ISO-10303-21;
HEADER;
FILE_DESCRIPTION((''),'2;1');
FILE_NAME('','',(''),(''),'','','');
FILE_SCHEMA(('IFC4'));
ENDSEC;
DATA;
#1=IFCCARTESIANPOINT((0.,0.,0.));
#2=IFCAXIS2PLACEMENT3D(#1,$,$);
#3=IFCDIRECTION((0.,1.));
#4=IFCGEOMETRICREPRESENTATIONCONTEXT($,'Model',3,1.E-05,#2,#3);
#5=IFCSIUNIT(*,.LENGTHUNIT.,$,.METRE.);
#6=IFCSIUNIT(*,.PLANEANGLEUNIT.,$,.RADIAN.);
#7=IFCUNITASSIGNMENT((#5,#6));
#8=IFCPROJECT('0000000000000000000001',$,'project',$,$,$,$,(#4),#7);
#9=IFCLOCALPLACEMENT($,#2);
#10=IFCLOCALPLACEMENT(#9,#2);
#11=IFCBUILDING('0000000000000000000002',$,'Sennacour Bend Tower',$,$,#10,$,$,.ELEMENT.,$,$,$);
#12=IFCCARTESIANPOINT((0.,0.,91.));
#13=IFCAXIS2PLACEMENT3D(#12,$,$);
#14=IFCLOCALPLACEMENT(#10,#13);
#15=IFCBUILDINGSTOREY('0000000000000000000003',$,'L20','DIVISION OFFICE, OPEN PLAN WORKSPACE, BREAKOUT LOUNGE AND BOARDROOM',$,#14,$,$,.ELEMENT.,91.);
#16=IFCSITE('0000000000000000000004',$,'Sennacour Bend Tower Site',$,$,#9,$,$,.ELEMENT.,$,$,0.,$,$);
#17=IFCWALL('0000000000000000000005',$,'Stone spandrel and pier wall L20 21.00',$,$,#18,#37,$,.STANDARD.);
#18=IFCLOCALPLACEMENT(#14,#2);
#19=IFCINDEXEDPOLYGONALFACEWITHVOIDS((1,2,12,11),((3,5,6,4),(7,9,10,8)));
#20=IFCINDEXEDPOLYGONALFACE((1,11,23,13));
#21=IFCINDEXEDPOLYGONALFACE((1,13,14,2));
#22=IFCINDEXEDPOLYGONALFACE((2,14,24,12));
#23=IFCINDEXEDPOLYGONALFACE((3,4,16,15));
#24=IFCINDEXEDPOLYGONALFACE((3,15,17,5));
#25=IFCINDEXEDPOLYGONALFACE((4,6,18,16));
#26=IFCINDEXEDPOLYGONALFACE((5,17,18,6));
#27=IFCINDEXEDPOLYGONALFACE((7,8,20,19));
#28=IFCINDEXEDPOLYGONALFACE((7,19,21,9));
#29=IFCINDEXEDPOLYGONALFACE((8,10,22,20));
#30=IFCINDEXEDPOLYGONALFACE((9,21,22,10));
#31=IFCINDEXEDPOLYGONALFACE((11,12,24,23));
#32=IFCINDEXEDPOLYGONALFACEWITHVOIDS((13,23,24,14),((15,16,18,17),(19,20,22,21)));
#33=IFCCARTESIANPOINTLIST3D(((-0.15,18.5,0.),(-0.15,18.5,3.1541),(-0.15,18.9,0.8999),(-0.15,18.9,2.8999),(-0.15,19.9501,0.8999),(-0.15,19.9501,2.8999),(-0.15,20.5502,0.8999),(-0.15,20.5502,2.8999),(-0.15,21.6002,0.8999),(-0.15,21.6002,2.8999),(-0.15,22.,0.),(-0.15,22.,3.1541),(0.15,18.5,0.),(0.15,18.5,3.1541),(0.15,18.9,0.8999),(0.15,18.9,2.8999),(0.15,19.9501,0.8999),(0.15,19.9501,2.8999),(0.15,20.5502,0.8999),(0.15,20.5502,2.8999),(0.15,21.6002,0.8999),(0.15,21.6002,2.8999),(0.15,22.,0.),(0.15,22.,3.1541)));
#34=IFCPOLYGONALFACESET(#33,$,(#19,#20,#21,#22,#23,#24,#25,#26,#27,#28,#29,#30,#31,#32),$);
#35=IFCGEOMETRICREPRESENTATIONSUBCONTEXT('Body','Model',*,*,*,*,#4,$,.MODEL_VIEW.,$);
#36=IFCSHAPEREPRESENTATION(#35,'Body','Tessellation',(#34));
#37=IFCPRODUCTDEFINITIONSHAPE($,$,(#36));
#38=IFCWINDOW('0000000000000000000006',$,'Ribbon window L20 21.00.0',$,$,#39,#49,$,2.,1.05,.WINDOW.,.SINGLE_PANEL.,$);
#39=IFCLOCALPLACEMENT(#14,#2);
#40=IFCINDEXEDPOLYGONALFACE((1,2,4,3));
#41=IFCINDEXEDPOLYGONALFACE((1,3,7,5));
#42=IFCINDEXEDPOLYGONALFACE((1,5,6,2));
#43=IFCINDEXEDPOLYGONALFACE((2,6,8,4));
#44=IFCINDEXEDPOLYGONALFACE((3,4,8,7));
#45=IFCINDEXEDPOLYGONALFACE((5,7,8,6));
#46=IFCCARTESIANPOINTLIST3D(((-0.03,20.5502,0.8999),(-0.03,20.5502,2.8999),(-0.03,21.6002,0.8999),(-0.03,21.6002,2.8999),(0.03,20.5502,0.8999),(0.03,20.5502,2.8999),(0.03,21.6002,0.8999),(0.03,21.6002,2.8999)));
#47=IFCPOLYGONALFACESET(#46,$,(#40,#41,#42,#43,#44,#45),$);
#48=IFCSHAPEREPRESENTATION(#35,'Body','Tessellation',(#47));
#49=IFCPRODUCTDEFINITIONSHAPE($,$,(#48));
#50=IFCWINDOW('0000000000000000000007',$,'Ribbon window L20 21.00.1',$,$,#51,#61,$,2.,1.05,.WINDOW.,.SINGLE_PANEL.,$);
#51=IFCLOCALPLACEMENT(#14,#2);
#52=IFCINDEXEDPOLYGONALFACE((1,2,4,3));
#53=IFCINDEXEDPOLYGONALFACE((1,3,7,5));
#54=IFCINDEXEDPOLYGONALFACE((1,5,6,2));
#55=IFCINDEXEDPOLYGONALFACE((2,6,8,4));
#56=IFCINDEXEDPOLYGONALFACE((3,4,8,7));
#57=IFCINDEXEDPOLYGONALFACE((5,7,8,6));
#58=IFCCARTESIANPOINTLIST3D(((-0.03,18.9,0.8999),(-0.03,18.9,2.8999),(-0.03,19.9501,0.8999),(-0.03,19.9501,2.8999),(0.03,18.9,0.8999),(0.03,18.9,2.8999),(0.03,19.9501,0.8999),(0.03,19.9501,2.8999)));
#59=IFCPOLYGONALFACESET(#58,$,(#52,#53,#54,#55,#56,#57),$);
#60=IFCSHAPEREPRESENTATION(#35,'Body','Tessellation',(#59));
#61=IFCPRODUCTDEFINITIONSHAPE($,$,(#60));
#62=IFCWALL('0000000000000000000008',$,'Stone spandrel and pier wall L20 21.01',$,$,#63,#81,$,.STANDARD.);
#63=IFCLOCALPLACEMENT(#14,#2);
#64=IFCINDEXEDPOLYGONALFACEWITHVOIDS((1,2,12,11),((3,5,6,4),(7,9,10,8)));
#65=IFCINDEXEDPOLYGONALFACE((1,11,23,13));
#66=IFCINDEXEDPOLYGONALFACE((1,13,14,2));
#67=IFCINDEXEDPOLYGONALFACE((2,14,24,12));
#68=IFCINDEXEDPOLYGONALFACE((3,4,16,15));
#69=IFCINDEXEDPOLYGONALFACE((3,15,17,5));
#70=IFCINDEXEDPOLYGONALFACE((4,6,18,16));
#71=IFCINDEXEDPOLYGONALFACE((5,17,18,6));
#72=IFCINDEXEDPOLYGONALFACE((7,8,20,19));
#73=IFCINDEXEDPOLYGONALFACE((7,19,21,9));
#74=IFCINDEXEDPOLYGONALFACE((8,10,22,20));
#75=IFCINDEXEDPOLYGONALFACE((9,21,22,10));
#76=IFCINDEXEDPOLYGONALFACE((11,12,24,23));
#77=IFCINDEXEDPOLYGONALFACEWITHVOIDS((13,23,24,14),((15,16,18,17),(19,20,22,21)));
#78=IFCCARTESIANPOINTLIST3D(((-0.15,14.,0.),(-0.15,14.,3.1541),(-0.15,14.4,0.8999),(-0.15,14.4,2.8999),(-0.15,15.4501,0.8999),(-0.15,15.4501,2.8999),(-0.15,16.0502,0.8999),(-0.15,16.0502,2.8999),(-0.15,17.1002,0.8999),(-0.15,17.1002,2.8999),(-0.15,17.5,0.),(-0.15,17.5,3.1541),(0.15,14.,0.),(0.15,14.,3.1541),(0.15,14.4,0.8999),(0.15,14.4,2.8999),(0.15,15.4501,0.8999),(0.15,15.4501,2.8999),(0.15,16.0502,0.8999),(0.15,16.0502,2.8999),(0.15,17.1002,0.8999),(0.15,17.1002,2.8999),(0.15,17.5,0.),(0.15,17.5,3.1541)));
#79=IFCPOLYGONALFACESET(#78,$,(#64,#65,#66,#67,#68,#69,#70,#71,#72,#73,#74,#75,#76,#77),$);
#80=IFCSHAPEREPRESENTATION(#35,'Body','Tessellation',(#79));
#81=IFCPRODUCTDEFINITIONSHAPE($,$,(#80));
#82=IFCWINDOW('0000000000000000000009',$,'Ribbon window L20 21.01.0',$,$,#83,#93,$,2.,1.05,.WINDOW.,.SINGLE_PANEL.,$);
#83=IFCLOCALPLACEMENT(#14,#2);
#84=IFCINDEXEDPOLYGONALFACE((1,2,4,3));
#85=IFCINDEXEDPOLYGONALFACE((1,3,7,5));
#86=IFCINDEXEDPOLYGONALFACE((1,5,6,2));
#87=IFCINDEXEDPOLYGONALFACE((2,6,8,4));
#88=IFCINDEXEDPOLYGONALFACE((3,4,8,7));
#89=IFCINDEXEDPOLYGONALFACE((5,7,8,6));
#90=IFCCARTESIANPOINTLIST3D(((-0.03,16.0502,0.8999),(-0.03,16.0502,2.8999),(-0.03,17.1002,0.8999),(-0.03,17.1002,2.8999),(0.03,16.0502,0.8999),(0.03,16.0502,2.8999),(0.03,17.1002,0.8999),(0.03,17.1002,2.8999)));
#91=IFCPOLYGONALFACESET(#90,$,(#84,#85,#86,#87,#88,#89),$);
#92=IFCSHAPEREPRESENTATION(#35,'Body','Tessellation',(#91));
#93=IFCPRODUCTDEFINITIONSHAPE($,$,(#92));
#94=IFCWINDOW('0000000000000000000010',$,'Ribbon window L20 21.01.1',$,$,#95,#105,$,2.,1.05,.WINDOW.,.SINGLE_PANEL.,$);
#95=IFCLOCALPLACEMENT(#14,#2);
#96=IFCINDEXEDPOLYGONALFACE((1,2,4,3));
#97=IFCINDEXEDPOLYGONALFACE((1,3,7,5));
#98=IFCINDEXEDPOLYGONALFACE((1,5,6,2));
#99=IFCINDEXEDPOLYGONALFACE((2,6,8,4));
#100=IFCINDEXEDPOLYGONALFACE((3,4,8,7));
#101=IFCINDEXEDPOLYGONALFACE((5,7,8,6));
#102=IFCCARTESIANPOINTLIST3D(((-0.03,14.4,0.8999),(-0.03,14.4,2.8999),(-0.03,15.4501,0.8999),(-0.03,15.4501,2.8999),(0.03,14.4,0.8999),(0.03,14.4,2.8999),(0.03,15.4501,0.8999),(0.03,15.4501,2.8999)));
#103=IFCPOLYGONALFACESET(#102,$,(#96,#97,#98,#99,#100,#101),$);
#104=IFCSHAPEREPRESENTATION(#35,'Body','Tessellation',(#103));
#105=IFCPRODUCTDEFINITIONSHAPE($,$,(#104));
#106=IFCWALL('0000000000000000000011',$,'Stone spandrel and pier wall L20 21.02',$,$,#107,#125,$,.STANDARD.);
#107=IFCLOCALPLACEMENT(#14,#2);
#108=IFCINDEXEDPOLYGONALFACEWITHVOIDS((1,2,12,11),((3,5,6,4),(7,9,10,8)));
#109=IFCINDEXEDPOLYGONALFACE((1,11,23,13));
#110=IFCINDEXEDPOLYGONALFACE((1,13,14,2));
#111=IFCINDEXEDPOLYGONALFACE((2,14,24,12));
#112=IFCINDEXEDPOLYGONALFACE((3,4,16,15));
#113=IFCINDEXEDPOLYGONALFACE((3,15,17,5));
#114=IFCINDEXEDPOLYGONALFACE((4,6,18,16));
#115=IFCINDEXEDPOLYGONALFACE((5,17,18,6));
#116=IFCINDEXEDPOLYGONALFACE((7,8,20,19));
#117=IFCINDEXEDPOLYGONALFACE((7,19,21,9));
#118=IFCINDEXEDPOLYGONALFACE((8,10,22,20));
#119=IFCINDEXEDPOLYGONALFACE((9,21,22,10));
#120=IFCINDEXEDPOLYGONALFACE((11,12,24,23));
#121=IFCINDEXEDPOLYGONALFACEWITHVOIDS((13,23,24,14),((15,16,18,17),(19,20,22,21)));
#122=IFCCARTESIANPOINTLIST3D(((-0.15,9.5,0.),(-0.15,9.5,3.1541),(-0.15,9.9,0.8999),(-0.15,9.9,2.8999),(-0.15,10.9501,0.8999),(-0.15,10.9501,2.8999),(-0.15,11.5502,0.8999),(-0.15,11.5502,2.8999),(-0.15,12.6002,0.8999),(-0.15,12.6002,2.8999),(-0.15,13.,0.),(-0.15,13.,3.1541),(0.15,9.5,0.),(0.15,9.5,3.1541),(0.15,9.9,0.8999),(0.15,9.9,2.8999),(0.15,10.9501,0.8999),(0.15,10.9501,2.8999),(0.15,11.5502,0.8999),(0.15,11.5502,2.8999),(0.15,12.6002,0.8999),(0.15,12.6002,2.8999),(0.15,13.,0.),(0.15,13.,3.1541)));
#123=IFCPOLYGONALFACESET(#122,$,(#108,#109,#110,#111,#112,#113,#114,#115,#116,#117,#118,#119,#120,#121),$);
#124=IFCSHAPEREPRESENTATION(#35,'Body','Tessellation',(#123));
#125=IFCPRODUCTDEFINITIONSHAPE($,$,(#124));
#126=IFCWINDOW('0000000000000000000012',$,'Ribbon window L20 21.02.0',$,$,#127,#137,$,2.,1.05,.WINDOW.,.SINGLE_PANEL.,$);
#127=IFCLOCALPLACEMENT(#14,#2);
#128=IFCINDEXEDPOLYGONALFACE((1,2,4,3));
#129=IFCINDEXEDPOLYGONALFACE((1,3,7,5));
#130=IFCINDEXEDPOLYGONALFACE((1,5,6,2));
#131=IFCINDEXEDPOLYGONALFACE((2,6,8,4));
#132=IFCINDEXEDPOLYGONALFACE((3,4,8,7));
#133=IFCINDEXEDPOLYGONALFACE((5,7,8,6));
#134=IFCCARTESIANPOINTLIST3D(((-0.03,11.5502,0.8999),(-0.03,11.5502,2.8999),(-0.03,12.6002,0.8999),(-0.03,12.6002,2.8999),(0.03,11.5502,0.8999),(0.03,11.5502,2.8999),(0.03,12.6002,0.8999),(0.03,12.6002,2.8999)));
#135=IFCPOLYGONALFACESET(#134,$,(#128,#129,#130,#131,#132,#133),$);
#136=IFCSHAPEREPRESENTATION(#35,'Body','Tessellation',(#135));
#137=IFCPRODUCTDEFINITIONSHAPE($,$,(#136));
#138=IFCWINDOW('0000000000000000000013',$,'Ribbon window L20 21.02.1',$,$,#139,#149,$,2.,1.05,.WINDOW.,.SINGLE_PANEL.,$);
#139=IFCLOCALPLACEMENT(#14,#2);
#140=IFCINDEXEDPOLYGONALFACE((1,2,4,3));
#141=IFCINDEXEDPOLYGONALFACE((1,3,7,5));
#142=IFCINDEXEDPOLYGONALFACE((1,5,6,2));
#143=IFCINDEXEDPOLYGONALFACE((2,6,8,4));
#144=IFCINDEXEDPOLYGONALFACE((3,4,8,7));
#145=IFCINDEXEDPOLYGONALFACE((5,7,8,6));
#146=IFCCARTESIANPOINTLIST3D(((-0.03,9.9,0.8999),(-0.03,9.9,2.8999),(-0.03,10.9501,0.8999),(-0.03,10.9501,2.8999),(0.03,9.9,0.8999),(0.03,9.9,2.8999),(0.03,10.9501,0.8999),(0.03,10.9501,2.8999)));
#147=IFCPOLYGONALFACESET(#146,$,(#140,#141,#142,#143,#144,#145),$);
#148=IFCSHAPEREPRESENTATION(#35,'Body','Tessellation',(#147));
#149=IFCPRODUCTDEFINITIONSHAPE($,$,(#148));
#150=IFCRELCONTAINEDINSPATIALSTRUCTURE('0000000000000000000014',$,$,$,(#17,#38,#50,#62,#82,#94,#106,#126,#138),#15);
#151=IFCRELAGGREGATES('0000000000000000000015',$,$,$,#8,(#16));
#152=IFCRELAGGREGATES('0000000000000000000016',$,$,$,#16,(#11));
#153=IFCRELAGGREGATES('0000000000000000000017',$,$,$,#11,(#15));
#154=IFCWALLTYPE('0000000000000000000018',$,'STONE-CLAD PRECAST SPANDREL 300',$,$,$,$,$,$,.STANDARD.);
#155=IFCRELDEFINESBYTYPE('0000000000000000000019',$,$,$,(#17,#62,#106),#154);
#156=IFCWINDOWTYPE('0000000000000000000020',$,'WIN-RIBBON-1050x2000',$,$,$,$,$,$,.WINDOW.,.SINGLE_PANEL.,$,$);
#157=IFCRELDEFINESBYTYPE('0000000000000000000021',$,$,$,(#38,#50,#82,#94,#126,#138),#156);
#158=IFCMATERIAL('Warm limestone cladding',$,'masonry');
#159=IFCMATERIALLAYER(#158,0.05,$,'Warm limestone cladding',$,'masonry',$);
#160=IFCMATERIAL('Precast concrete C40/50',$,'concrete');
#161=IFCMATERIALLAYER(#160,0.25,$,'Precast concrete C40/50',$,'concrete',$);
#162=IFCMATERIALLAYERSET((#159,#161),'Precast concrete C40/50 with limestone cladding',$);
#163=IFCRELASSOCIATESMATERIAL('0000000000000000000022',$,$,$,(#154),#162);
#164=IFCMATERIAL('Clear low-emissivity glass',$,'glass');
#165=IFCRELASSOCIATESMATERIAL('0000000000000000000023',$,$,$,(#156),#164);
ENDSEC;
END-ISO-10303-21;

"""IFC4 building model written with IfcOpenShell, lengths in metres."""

from ifc_helpers import new_model, si_unit, direction, frame, frame_2d, origin, place, context, subcontext, project, spatial, rectangle, extrude, material, layer, layer_set, type_object, element, fill, save


model = new_model("IFC4")

# Units and contexts
model_context = context("Model", 3, precision=1e-05, world=origin(), true_north=direction((0.0, 1.0)))
body_context = subcontext(model_context, "Body", "Model", "MODEL_VIEW")
ifc_project = project(units=[si_unit("LENGTHUNIT", "METRE"), si_unit("PLANEANGLEUNIT", "RADIAN")], contexts=[model_context])

# Site, building, storey
site_placement = place(None, origin())
site = spatial("IfcSite", under=ifc_project, at=site_placement, Name="Sennacour Bend Tower Site", CompositionType="ELEMENT", RefElevation=0.0)
building_placement = place(site_placement, origin())
building = spatial("IfcBuilding", under=site, at=building_placement, Name="Sennacour Bend Tower", CompositionType="ELEMENT")
storey_placement = place(building_placement, frame((0.0, 0.0, 91.0)))
storey = spatial("IfcBuildingStorey", under=building, at=storey_placement, Name="L20", Description="DIVISION OFFICE, OPEN PLAN WORKSPACE, BREAKOUT LOUNGE AND BOARDROOM", CompositionType="ELEMENT", Elevation=91.0)

# Walls, openings, windows
ifc_material_1 = material(Name="Warm limestone cladding", Category="masonry")
ifc_layer_1 = layer(ifc_material_1, 0.05, Name="Warm limestone cladding", Category="masonry")
ifc_material_2 = material(Name="Precast concrete C40/50", Category="concrete")
ifc_layer_2 = layer(ifc_material_2, 0.25, Name="Precast concrete C40/50", Category="concrete")
ifc_layer_set = layer_set([ifc_layer_1, ifc_layer_2], Name="Precast concrete C40/50 with limestone cladding")
wall_type = type_object("IfcWallType", Name="STONE-CLAD PRECAST SPANDREL 300", PredefinedType="STANDARD", material=ifc_layer_set)
wall_1_placement = place(storey_placement, frame((0.0, 22.0, 0.0), z_axis=(0.0, 0.0, 1.0), x_axis=(0.0, -1.0, 0.0)))
wall_1 = element("IfcWall", 1, at=wall_1_placement, inside=storey, type_object=wall_type, Name="Stone spandrel and pier wall L20 21.00", PredefinedType="STANDARD", context=body_context, shape_type="SweptSolid", body=[
    extrude(rectangle(XDim=3.5, YDim=0.3, at=frame_2d((1.75, 0.0))), origin(), (0.0, 0.0, 1.0), 3.1541),
])
opening_1_placement = place(wall_1_placement, frame((0.3999, 0.0, 0.8999)))
opening_1 = element("IfcOpeningElement", 2, at=opening_1_placement, cuts=wall_1, PredefinedType="OPENING", context=body_context, shape_type="SweptSolid", body=[
    extrude(rectangle(XDim=1.05, YDim=2.0, at=frame_2d((0.5249, 1.0))), frame((0.0, 0.1602, 0.0), z_axis=(0.0, -1.0, 0.0), x_axis=(1.0, 0.0, 0.0)), (0.0, 0.0, 1.0), 0.3201),
])
opening_2_placement = place(wall_1_placement, frame((2.05, 0.0, 0.8999)))
opening_2 = element("IfcOpeningElement", 3, at=opening_2_placement, cuts=wall_1, PredefinedType="OPENING", context=body_context, shape_type="SweptSolid", body=[
    extrude(rectangle(XDim=1.05, YDim=2.0, at=frame_2d((0.5249, 1.0))), frame((0.0, 0.1602, 0.0), z_axis=(0.0, -1.0, 0.0), x_axis=(1.0, 0.0, 0.0)), (0.0, 0.0, 1.0), 0.3201),
])
ifc_material_3 = material(Name="Clear low-emissivity glass", Category="glass")
window_type = type_object("IfcWindowType", Name="WIN-RIBBON-1050x2000", PartitioningType="SINGLE_PANEL", PredefinedType="WINDOW", material=ifc_material_3)
window_1_placement = place(opening_1_placement, origin())
window_1 = element("IfcWindow", 4, at=window_1_placement, inside=storey, type_object=window_type, Name="Ribbon window L20 21.00.0", OverallHeight=2.0, OverallWidth=1.05, PartitioningType="SINGLE_PANEL", PredefinedType="WINDOW", context=body_context, shape_type="SweptSolid", body=[
    extrude(rectangle(XDim=1.05, YDim=2.0, at=frame_2d((0.5249, 1.0))), frame((0.0, 0.03, 0.0), z_axis=(0.0, -1.0, 0.0), x_axis=(1.0, 0.0, 0.0)), (0.0, 0.0, 1.0), 0.0601),
])
fill(opening_1, window_1)
window_2_placement = place(opening_2_placement, origin())
window_2 = element("IfcWindow", 5, at=window_2_placement, inside=storey, type_object=window_type, Name="Ribbon window L20 21.00.1", OverallHeight=2.0, OverallWidth=1.05, PartitioningType="SINGLE_PANEL", PredefinedType="WINDOW", context=body_context, shape_type="SweptSolid", body=[
    extrude(rectangle(XDim=1.05, YDim=2.0, at=frame_2d((0.5249, 1.0))), frame((0.0, 0.03, 0.0), z_axis=(0.0, -1.0, 0.0), x_axis=(1.0, 0.0, 0.0)), (0.0, 0.0, 1.0), 0.0601),
])
fill(opening_2, window_2)
wall_2_placement = place(storey_placement, frame((0.0, 17.5, 0.0), z_axis=(0.0, 0.0, 1.0), x_axis=(0.0, -1.0, 0.0)))
wall_2 = element("IfcWall", 6, at=wall_2_placement, inside=storey, type_object=wall_type, Name="Stone spandrel and pier wall L20 21.01", PredefinedType="STANDARD", context=body_context, shape_type="SweptSolid", body=[
    extrude(rectangle(XDim=3.5, YDim=0.3, at=frame_2d((1.75, 0.0))), origin(), (0.0, 0.0, 1.0), 3.1541),
])
opening_3_placement = place(wall_2_placement, frame((0.3999, 0.0, 0.8999)))
opening_3 = element("IfcOpeningElement", 7, at=opening_3_placement, cuts=wall_2, PredefinedType="OPENING", context=body_context, shape_type="SweptSolid", body=[
    extrude(rectangle(XDim=1.05, YDim=2.0, at=frame_2d((0.5249, 1.0))), frame((0.0, 0.1602, 0.0), z_axis=(0.0, -1.0, 0.0), x_axis=(1.0, 0.0, 0.0)), (0.0, 0.0, 1.0), 0.3201),
])
opening_4_placement = place(wall_2_placement, frame((2.05, 0.0, 0.8999)))
opening_4 = element("IfcOpeningElement", 8, at=opening_4_placement, cuts=wall_2, PredefinedType="OPENING", context=body_context, shape_type="SweptSolid", body=[
    extrude(rectangle(XDim=1.05, YDim=2.0, at=frame_2d((0.5249, 1.0))), frame((0.0, 0.1602, 0.0), z_axis=(0.0, -1.0, 0.0), x_axis=(1.0, 0.0, 0.0)), (0.0, 0.0, 1.0), 0.3201),
])
window_3_placement = place(opening_3_placement, origin())
window_3 = element("IfcWindow", 9, at=window_3_placement, inside=storey, type_object=window_type, Name="Ribbon window L20 21.01.0", OverallHeight=2.0, OverallWidth=1.05, PartitioningType="SINGLE_PANEL", PredefinedType="WINDOW", context=body_context, shape_type="SweptSolid", body=[
    extrude(rectangle(XDim=1.05, YDim=2.0, at=frame_2d((0.5249, 1.0))), frame((0.0, 0.03, 0.0), z_axis=(0.0, -1.0, 0.0), x_axis=(1.0, 0.0, 0.0)), (0.0, 0.0, 1.0), 0.0601),
])
fill(opening_3, window_3)
window_4_placement = place(opening_4_placement, origin())
window_4 = element("IfcWindow", 10, at=window_4_placement, inside=storey, type_object=window_type, Name="Ribbon window L20 21.01.1", OverallHeight=2.0, OverallWidth=1.05, PartitioningType="SINGLE_PANEL", PredefinedType="WINDOW", context=body_context, shape_type="SweptSolid", body=[
    extrude(rectangle(XDim=1.05, YDim=2.0, at=frame_2d((0.5249, 1.0))), frame((0.0, 0.03, 0.0), z_axis=(0.0, -1.0, 0.0), x_axis=(1.0, 0.0, 0.0)), (0.0, 0.0, 1.0), 0.0601),
])
fill(opening_4, window_4)
wall_3_placement = place(storey_placement, frame((0.0, 13.0, 0.0), z_axis=(0.0, 0.0, 1.0), x_axis=(0.0, -1.0, 0.0)))
wall_3 = element("IfcWall", 11, at=wall_3_placement, inside=storey, type_object=wall_type, Name="Stone spandrel and pier wall L20 21.02", PredefinedType="STANDARD", context=body_context, shape_type="SweptSolid", body=[
    extrude(rectangle(XDim=3.5, YDim=0.3, at=frame_2d((1.75, 0.0))), origin(), (0.0, 0.0, 1.0), 3.1541),
])
opening_5_placement = place(wall_3_placement, frame((0.3999, 0.0, 0.8999)))
opening_5 = element("IfcOpeningElement", 12, at=opening_5_placement, cuts=wall_3, PredefinedType="OPENING", context=body_context, shape_type="SweptSolid", body=[
    extrude(rectangle(XDim=1.05, YDim=2.0, at=frame_2d((0.5249, 1.0))), frame((0.0, 0.1602, 0.0), z_axis=(0.0, -1.0, 0.0), x_axis=(1.0, 0.0, 0.0)), (0.0, 0.0, 1.0), 0.3201),
])
opening_6_placement = place(wall_3_placement, frame((2.05, 0.0, 0.8999)))
opening_6 = element("IfcOpeningElement", 13, at=opening_6_placement, cuts=wall_3, PredefinedType="OPENING", context=body_context, shape_type="SweptSolid", body=[
    extrude(rectangle(XDim=1.05, YDim=2.0, at=frame_2d((0.5249, 1.0))), frame((0.0, 0.1602, 0.0), z_axis=(0.0, -1.0, 0.0), x_axis=(1.0, 0.0, 0.0)), (0.0, 0.0, 1.0), 0.3201),
])
window_5_placement = place(opening_5_placement, origin())
window_5 = element("IfcWindow", 14, at=window_5_placement, inside=storey, type_object=window_type, Name="Ribbon window L20 21.02.0", OverallHeight=2.0, OverallWidth=1.05, PartitioningType="SINGLE_PANEL", PredefinedType="WINDOW", context=body_context, shape_type="SweptSolid", body=[
    extrude(rectangle(XDim=1.05, YDim=2.0, at=frame_2d((0.5249, 1.0))), frame((0.0, 0.03, 0.0), z_axis=(0.0, -1.0, 0.0), x_axis=(1.0, 0.0, 0.0)), (0.0, 0.0, 1.0), 0.0601),
])
fill(opening_5, window_5)
window_6_placement = place(opening_6_placement, origin())
window_6 = element("IfcWindow", 15, at=window_6_placement, inside=storey, type_object=window_type, Name="Ribbon window L20 21.02.1", OverallHeight=2.0, OverallWidth=1.05, PartitioningType="SINGLE_PANEL", PredefinedType="WINDOW", context=body_context, shape_type="SweptSolid", body=[
    extrude(rectangle(XDim=1.05, YDim=2.0, at=frame_2d((0.5249, 1.0))), frame((0.0, 0.03, 0.0), z_axis=(0.0, -1.0, 0.0), x_axis=(1.0, 0.0, 0.0)), (0.0, 0.0, 1.0), 0.0601),
])
fill(opening_6, window_6)

save(model, "model.ifc")
